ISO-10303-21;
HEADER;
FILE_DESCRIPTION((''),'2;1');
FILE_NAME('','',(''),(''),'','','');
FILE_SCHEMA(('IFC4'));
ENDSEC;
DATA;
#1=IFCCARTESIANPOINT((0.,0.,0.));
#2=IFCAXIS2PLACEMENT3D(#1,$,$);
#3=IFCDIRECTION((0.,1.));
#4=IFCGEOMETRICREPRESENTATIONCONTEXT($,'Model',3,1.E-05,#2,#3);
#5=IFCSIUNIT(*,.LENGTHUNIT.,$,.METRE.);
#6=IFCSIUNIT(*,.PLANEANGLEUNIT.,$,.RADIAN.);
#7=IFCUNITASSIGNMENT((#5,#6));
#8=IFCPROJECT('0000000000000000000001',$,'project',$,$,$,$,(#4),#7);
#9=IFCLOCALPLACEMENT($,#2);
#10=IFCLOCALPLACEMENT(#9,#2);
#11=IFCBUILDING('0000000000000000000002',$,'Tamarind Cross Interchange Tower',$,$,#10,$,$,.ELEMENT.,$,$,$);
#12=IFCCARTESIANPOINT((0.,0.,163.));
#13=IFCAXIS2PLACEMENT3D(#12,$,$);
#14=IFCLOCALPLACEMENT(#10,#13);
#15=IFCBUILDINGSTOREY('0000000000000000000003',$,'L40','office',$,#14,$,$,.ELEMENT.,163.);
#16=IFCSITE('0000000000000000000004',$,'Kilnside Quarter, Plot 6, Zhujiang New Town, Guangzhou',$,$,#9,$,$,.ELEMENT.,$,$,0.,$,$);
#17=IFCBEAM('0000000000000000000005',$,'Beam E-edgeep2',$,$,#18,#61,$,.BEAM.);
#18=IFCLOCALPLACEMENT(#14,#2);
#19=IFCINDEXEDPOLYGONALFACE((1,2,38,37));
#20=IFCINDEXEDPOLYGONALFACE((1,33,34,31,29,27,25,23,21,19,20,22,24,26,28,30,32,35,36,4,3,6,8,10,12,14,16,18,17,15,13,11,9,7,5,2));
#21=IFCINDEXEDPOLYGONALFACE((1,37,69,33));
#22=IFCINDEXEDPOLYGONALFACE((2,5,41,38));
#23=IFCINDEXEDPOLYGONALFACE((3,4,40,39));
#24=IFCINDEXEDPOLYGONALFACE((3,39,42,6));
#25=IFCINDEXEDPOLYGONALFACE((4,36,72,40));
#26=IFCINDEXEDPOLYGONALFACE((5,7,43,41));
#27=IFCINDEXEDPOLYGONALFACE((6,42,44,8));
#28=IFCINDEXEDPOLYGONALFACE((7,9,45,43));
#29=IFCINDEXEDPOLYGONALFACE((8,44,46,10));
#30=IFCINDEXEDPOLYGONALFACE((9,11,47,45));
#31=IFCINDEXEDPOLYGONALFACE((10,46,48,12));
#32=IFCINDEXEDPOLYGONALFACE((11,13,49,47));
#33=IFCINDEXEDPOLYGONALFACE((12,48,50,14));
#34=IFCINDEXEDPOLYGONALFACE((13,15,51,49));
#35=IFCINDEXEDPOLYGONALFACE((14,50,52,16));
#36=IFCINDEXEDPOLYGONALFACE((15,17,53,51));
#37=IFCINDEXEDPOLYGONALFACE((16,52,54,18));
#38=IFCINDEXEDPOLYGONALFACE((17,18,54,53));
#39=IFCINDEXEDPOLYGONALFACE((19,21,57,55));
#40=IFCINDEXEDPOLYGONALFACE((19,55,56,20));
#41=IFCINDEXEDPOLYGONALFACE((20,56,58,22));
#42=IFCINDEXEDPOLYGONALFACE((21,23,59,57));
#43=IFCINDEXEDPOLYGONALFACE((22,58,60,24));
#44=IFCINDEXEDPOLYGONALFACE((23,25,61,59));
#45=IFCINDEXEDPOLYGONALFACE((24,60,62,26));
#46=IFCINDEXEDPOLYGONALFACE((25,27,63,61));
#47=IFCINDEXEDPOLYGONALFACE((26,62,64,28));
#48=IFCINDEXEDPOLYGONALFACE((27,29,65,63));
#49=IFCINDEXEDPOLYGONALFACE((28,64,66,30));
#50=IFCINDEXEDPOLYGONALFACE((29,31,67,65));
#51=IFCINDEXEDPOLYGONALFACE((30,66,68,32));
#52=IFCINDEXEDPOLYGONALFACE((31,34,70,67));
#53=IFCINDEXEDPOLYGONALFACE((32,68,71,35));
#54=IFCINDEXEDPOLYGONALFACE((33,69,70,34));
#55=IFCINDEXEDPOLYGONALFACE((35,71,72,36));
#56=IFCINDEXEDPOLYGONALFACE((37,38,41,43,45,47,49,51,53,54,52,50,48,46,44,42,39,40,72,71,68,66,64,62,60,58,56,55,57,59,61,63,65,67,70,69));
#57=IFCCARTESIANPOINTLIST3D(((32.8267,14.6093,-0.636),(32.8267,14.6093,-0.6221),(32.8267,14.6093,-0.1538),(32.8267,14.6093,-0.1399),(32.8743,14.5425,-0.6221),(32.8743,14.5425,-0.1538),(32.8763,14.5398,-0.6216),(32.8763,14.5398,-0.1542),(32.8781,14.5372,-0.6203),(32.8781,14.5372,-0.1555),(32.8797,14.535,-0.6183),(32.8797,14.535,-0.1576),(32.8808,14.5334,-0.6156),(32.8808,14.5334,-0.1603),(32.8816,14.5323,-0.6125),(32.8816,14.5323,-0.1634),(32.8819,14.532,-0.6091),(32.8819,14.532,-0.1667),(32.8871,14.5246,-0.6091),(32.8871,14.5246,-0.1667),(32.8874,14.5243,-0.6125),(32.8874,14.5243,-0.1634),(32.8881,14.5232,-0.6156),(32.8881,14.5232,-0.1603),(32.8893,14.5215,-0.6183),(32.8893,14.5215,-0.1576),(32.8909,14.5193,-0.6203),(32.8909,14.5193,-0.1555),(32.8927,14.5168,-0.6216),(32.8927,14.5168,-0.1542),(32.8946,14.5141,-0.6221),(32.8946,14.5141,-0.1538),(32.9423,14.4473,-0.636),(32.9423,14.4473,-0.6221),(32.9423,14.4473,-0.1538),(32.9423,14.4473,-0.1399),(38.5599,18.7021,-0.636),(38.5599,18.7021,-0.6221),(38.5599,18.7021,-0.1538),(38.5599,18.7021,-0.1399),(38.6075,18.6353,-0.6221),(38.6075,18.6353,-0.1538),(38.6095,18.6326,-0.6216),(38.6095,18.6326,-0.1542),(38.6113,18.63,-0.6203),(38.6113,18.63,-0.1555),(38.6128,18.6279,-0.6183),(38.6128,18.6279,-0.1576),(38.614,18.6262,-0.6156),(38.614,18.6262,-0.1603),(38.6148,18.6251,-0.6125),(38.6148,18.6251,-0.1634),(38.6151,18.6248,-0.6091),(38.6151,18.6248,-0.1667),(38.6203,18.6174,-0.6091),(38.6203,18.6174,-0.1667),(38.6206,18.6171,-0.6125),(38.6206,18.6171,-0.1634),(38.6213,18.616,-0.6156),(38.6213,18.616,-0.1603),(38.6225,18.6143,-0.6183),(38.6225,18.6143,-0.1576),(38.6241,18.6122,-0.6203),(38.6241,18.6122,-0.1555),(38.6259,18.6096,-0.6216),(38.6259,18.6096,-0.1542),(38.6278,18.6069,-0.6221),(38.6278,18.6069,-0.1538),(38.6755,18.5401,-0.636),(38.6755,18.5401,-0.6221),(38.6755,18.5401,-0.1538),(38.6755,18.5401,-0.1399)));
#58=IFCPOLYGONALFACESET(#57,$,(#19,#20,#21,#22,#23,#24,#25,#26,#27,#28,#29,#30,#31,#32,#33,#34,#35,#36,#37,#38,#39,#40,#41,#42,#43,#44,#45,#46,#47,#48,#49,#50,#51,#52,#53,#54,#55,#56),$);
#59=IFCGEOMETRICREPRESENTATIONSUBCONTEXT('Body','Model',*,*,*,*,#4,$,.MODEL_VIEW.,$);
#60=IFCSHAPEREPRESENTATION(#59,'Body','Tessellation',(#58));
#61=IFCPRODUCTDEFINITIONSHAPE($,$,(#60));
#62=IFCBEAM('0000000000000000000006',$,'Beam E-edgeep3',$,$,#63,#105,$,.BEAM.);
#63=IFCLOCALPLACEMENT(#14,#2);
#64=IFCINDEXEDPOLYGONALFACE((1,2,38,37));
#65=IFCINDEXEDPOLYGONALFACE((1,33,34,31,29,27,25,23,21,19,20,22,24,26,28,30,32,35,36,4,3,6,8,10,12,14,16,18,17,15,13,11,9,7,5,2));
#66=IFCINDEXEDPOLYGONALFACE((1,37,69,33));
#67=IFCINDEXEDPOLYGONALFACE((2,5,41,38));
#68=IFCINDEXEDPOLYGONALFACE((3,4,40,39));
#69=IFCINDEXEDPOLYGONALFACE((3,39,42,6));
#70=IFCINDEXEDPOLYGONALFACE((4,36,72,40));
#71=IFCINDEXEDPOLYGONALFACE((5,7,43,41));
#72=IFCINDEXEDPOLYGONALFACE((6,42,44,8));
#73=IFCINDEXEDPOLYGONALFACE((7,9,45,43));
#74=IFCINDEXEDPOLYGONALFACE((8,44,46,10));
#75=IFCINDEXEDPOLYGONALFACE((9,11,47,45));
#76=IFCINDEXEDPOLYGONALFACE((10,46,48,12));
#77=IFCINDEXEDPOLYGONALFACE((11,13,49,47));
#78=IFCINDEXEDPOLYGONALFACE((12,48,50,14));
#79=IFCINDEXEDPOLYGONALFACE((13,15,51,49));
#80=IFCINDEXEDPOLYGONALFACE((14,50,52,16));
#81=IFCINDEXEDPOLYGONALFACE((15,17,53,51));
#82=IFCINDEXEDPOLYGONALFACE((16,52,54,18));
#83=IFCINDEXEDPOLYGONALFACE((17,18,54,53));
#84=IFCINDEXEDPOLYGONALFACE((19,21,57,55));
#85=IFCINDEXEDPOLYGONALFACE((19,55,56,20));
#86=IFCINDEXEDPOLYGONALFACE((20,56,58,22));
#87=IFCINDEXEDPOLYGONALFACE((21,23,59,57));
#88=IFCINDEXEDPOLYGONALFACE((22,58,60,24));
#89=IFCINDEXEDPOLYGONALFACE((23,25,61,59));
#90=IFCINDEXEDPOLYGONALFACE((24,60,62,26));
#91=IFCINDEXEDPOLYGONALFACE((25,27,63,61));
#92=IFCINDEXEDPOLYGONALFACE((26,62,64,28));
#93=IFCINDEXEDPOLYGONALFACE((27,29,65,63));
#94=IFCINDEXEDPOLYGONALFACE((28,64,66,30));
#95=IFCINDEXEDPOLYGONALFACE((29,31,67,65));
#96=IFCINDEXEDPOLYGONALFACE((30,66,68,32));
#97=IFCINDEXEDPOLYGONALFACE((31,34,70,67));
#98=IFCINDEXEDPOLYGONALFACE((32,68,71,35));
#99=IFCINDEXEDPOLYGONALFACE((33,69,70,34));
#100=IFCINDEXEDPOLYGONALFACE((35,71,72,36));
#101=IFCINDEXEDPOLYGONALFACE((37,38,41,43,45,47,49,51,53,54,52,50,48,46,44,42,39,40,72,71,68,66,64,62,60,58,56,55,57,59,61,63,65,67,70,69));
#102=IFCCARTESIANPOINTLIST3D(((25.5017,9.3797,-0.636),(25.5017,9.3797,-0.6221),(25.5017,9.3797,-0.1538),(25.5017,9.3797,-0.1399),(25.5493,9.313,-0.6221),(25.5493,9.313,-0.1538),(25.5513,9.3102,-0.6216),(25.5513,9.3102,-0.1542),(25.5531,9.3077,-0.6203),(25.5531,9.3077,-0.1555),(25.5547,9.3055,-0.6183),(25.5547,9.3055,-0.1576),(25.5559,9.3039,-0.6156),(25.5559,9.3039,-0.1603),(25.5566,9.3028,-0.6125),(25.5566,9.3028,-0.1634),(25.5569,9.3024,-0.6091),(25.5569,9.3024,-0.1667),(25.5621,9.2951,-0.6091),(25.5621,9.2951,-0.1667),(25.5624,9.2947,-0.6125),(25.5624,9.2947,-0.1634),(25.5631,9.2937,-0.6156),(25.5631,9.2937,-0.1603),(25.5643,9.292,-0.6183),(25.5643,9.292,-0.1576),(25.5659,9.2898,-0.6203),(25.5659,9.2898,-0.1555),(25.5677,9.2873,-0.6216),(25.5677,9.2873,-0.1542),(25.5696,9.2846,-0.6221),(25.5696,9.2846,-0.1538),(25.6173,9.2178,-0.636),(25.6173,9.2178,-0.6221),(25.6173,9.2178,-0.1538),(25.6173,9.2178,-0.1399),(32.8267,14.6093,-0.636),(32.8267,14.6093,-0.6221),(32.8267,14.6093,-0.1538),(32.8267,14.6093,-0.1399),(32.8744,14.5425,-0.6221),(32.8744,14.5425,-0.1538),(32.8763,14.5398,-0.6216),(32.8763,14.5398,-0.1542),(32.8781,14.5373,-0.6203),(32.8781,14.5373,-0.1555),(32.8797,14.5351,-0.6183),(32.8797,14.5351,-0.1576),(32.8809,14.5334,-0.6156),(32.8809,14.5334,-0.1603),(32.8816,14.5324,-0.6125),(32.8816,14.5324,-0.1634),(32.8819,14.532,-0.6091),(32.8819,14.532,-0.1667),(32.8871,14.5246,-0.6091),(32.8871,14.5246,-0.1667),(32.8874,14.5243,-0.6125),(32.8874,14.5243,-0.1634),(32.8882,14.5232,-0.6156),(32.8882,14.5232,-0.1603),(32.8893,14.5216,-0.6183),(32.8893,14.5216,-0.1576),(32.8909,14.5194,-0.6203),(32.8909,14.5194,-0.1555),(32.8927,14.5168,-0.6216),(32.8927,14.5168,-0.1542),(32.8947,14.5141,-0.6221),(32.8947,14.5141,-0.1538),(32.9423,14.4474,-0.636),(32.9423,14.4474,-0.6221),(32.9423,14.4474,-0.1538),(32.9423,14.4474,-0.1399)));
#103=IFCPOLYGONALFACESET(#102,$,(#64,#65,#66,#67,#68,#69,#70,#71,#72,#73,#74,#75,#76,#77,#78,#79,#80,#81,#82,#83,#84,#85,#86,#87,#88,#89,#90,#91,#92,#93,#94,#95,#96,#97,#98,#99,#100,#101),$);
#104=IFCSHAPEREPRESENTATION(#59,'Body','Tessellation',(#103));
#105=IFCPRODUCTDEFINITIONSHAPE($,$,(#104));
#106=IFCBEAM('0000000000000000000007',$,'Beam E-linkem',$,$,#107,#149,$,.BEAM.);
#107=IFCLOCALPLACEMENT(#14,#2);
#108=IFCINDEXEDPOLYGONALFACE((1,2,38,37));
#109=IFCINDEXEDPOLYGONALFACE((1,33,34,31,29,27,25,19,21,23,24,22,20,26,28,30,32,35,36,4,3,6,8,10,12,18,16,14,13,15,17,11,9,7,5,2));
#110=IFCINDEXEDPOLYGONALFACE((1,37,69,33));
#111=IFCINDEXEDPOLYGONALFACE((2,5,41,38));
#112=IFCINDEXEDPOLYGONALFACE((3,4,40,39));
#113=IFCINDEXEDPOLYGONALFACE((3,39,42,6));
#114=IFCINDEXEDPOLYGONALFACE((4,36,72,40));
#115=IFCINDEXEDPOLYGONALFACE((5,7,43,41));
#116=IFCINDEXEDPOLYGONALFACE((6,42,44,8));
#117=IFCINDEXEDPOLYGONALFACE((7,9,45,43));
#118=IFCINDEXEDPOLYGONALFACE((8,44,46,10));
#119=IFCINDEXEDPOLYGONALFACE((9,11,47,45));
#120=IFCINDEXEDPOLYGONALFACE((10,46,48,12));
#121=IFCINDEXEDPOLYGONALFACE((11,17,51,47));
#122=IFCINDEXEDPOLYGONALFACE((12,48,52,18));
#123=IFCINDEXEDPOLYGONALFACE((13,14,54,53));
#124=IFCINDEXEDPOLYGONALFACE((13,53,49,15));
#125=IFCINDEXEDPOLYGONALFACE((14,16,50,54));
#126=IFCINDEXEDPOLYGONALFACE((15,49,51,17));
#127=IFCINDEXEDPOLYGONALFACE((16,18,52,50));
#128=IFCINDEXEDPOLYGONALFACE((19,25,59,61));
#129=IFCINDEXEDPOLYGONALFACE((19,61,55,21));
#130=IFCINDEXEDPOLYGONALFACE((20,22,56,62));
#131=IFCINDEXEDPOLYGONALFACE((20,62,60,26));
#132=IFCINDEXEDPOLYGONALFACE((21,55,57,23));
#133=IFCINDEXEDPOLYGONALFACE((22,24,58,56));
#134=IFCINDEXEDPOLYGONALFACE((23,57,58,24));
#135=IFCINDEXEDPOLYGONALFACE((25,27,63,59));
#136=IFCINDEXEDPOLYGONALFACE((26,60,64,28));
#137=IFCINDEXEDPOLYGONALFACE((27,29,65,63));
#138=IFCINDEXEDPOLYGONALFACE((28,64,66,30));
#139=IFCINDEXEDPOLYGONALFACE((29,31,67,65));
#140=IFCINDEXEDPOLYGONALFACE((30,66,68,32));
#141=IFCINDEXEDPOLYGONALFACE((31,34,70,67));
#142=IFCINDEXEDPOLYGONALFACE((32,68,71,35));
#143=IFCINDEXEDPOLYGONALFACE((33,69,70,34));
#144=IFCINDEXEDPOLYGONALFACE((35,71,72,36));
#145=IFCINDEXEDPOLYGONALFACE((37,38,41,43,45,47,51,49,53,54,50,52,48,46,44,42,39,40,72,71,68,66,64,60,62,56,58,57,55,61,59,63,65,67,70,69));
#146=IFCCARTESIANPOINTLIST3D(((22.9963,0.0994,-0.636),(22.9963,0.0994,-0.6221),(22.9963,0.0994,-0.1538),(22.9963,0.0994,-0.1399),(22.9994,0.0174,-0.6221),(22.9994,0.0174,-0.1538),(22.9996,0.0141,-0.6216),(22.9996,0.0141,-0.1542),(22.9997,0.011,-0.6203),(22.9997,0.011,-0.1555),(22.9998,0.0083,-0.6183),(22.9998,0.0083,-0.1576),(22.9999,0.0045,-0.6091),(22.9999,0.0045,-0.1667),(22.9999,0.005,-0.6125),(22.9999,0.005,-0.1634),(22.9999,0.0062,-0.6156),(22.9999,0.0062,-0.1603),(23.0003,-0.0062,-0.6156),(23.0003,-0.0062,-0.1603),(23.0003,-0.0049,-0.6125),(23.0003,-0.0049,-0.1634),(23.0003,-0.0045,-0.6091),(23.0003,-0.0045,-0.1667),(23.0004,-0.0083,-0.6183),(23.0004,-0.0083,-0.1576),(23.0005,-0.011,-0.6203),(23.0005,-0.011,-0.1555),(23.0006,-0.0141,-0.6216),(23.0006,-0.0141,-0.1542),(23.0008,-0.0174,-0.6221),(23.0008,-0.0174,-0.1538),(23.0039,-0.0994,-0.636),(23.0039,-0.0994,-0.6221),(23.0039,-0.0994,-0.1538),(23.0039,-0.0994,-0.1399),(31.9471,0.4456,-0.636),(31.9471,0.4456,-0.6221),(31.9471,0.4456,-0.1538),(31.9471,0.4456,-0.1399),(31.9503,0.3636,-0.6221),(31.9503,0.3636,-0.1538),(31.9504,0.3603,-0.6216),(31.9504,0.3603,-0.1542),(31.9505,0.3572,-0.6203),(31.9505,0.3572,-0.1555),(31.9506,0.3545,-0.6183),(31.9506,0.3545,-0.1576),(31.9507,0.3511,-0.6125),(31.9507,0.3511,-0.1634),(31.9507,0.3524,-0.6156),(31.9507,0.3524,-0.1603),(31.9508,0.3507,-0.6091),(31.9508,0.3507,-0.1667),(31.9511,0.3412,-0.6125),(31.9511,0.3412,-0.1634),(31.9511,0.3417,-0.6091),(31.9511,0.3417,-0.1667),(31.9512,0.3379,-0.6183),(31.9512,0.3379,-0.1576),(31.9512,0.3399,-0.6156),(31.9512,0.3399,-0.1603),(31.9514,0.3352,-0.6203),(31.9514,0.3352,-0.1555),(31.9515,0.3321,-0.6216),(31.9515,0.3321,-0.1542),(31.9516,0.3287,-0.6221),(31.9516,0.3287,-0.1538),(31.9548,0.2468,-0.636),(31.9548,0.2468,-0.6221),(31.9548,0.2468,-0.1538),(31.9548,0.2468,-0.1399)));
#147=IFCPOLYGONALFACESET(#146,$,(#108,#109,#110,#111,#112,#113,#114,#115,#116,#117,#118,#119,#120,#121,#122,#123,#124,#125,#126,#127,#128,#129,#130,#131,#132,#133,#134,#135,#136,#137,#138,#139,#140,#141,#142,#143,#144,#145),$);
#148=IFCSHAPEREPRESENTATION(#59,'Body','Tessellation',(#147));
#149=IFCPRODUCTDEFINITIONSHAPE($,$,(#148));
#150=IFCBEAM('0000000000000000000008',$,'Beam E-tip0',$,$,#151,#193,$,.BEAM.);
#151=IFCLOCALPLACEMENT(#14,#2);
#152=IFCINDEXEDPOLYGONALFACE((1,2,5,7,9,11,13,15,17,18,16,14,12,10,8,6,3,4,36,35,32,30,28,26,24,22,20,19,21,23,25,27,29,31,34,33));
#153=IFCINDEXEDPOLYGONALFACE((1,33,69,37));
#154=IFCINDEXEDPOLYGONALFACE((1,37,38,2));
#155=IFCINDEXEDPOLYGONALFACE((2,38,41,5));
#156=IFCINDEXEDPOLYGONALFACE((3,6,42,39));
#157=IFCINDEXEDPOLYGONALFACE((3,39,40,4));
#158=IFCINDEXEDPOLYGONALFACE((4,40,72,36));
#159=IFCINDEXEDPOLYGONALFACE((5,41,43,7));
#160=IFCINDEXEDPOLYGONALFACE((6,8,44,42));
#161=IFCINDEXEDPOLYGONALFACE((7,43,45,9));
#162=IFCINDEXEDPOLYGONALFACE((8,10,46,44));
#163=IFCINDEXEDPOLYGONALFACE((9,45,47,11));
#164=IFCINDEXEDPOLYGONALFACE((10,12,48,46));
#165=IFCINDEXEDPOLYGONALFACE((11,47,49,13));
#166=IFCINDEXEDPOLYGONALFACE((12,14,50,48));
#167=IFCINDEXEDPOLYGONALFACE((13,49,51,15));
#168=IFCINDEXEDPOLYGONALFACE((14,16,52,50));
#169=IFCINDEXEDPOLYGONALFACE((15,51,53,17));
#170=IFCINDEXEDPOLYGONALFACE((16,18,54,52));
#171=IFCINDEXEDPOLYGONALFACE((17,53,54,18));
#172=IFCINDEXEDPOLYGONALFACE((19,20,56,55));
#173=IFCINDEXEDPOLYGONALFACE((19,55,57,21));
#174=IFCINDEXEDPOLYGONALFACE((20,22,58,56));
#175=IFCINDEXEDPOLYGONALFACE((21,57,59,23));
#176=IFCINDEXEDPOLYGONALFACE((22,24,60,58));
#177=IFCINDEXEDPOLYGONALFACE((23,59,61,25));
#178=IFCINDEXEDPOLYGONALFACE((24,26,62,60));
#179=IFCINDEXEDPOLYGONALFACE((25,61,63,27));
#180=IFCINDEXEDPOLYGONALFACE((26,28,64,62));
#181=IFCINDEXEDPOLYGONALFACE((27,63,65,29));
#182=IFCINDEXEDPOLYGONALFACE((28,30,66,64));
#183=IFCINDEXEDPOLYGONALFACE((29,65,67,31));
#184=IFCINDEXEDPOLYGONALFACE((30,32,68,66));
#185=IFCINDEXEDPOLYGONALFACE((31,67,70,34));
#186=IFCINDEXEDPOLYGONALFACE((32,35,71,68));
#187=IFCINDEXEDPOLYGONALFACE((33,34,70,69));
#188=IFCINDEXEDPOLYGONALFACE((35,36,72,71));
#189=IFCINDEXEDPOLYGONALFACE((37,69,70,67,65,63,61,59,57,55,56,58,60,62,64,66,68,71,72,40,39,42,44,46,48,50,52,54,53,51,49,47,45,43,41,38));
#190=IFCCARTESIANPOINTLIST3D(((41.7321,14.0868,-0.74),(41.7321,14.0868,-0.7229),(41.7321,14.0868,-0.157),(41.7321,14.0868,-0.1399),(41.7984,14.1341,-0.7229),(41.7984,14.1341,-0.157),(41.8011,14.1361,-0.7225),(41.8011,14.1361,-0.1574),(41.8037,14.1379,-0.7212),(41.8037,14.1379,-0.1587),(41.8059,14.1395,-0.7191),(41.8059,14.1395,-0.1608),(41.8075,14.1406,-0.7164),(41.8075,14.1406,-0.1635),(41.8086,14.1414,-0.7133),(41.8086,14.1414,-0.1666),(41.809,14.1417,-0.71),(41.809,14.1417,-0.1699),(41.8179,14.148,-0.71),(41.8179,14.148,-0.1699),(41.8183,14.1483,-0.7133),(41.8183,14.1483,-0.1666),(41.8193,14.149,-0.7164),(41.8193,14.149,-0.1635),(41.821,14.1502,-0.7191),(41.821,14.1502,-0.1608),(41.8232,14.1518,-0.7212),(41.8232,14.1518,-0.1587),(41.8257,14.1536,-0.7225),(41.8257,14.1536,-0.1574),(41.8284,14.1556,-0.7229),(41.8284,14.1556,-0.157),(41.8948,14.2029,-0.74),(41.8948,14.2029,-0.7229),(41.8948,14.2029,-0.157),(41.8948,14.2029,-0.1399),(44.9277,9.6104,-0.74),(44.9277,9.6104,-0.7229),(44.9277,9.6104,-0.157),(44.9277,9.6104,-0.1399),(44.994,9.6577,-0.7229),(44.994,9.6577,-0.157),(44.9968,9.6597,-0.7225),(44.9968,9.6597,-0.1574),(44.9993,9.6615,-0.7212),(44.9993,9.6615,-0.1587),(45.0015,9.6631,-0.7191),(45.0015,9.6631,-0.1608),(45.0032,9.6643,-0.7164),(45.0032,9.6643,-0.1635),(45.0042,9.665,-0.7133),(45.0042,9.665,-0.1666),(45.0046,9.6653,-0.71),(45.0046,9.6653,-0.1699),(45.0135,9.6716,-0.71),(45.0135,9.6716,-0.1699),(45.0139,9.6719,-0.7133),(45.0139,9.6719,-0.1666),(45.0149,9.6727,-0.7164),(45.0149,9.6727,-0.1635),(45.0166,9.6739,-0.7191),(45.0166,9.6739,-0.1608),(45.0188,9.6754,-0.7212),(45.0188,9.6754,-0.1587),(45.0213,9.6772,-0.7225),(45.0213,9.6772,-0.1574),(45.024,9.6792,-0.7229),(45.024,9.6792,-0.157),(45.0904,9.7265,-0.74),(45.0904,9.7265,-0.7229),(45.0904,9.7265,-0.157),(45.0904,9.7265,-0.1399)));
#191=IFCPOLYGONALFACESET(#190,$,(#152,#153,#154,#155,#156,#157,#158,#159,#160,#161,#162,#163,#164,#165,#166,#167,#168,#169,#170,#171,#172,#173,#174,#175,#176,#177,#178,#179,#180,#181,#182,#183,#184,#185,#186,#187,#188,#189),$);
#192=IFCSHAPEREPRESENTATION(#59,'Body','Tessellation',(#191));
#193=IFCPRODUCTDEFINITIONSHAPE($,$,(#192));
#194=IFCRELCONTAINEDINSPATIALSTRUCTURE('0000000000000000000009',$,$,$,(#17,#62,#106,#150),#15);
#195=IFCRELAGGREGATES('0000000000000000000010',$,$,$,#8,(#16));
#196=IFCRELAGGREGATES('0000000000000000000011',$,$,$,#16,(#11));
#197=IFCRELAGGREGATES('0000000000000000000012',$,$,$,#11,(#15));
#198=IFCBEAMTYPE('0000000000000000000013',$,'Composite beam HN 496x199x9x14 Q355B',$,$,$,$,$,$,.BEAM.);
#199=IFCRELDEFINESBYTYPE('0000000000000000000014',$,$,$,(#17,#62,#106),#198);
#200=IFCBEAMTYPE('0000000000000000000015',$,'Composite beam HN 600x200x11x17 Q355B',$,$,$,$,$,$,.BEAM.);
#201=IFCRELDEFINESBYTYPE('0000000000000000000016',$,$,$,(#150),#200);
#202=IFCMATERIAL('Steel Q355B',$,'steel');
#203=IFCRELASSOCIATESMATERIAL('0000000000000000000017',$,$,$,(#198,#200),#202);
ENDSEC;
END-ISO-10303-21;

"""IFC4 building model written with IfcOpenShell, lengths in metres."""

from ifc_helpers import new_model, si_unit, direction, frame, origin, origin_2d, place, context, subcontext, project, spatial, i_section, extrude, material, material_profile, profile_set, type_object, element, save


model = new_model("IFC4")

# Units and contexts
model_context = context("Model", 3, precision=1e-05, world=origin(), true_north=direction((0.0, 1.0)))
body_context = subcontext(model_context, "Body", "Model", "MODEL_VIEW")
ifc_project = project(units=[si_unit("LENGTHUNIT", "METRE"), si_unit("PLANEANGLEUNIT", "RADIAN")], contexts=[model_context])

# Site, building, storey
site_placement = place(None, origin())
site = spatial("IfcSite", under=ifc_project, at=site_placement, Name="Kilnside Quarter, Plot 6, Zhujiang New Town, Guangzhou", CompositionType="ELEMENT", RefElevation=0.0)
building_placement = place(site_placement, origin())
building = spatial("IfcBuilding", under=site, at=building_placement, Name="Tamarind Cross Interchange Tower", CompositionType="ELEMENT")
storey_placement = place(building_placement, frame((0.0, 0.0, 163.0)))
storey = spatial("IfcBuildingStorey", under=building, at=storey_placement, Name="L40", Description="office", CompositionType="ELEMENT", Elevation=163.0)

# Beams
ifc_material_1 = material(Name="Steel Q355B", Category="steel")
ifc_material_profile_1 = material_profile(ifc_material_1, i_section(OverallWidth=0.199, OverallDepth=0.4961, WebThickness=0.009, FlangeThickness=0.0139, FilletRadius=0.0129, at=origin_2d()), Name="HN 496x199x9x14")
ifc_profile_set_1 = profile_set([ifc_material_profile_1], Name="Steel Q355B")
beam_type_1 = type_object("IfcBeamType", Name="Composite beam HN 496x199x9x14 Q355B", PredefinedType="BEAM", material=ifc_profile_set_1)
beam_1_placement = place(storey_placement, frame((38.6177, 18.6211, -0.3879), z_axis=(-0.81389, -0.581019, 0.0), x_axis=(0.581019, -0.81389, 0.0)))
element("IfcBeam", 1, at=beam_1_placement, inside=storey, type_object=beam_type_1, Name="Beam E-edgeep2", PredefinedType="BEAM", context=body_context, shape_type="SweptSolid", body=[
    extrude(i_section(OverallWidth=0.199, OverallDepth=0.4961, WebThickness=0.009, FlangeThickness=0.0139, FilletRadius=0.0129, at=origin_2d()), origin(), (0.0, 0.0, 1.0), 7.0442),
])
beam_2_placement = place(storey_placement, frame((32.8845, 14.5283, -0.3879), z_axis=(-0.813871, -0.581046, 0.0), x_axis=(0.581046, -0.813871, 0.0)))
element("IfcBeam", 2, at=beam_2_placement, inside=storey, type_object=beam_type_1, Name="Beam E-edgeep3", PredefinedType="BEAM", context=body_context, shape_type="SweptSolid", body=[
    extrude(i_section(OverallWidth=0.199, OverallDepth=0.4961, WebThickness=0.009, FlangeThickness=0.0139, FilletRadius=0.0129, at=origin_2d()), origin(), (0.0, 0.0, 1.0), 9.0002),
])
beam_3_placement = place(storey_placement, frame((31.9509, 0.3462, -0.3879), z_axis=(-0.999253, -0.038648, 0.0), x_axis=(0.038648, -0.999253, 0.0)))
element("IfcBeam", 3, at=beam_3_placement, inside=storey, type_object=beam_type_1, Name="Beam E-linkem", PredefinedType="BEAM", context=body_context, shape_type="SweptSolid", body=[
    extrude(i_section(OverallWidth=0.199, OverallDepth=0.4961, WebThickness=0.009, FlangeThickness=0.0139, FilletRadius=0.0129, at=origin_2d()), origin(), (0.0, 0.0, 1.0), 8.9575),
])
ifc_material_profile_2 = material_profile(ifc_material_1, i_section(OverallWidth=0.2, OverallDepth=0.6001, WebThickness=0.011, FlangeThickness=0.0171, FilletRadius=0.0129, at=origin_2d()), Name="HN 600x200x11x17")
ifc_profile_set_2 = profile_set([ifc_material_profile_2], Name="Steel Q355B")
beam_type_2 = type_object("IfcBeamType", Name="Composite beam HN 600x200x11x17 Q355B", PredefinedType="BEAM", material=ifc_profile_set_2)
for number, where, z_axis, x_axis, name in (
    (4, (45.009, 9.6685, -0.4399), (-0.58102, 0.813889, 0.0), (-0.813889, -0.58102, 0.0), "Beam E-tip0"),
):
    element("IfcBeam", number, at=place(storey_placement, frame(where, z_axis=z_axis, x_axis=x_axis)), inside=storey, type_object=beam_type_2, Name=name, PredefinedType="BEAM", context=body_context, shape_type="SweptSolid", body=[
        extrude(i_section(OverallWidth=0.2, OverallDepth=0.6001, WebThickness=0.011, FlangeThickness=0.0171, FilletRadius=0.0129, at=origin_2d()), origin(), (0.0, 0.0, 1.0), 5.5),
    ])

save(model, "model.ifc")
